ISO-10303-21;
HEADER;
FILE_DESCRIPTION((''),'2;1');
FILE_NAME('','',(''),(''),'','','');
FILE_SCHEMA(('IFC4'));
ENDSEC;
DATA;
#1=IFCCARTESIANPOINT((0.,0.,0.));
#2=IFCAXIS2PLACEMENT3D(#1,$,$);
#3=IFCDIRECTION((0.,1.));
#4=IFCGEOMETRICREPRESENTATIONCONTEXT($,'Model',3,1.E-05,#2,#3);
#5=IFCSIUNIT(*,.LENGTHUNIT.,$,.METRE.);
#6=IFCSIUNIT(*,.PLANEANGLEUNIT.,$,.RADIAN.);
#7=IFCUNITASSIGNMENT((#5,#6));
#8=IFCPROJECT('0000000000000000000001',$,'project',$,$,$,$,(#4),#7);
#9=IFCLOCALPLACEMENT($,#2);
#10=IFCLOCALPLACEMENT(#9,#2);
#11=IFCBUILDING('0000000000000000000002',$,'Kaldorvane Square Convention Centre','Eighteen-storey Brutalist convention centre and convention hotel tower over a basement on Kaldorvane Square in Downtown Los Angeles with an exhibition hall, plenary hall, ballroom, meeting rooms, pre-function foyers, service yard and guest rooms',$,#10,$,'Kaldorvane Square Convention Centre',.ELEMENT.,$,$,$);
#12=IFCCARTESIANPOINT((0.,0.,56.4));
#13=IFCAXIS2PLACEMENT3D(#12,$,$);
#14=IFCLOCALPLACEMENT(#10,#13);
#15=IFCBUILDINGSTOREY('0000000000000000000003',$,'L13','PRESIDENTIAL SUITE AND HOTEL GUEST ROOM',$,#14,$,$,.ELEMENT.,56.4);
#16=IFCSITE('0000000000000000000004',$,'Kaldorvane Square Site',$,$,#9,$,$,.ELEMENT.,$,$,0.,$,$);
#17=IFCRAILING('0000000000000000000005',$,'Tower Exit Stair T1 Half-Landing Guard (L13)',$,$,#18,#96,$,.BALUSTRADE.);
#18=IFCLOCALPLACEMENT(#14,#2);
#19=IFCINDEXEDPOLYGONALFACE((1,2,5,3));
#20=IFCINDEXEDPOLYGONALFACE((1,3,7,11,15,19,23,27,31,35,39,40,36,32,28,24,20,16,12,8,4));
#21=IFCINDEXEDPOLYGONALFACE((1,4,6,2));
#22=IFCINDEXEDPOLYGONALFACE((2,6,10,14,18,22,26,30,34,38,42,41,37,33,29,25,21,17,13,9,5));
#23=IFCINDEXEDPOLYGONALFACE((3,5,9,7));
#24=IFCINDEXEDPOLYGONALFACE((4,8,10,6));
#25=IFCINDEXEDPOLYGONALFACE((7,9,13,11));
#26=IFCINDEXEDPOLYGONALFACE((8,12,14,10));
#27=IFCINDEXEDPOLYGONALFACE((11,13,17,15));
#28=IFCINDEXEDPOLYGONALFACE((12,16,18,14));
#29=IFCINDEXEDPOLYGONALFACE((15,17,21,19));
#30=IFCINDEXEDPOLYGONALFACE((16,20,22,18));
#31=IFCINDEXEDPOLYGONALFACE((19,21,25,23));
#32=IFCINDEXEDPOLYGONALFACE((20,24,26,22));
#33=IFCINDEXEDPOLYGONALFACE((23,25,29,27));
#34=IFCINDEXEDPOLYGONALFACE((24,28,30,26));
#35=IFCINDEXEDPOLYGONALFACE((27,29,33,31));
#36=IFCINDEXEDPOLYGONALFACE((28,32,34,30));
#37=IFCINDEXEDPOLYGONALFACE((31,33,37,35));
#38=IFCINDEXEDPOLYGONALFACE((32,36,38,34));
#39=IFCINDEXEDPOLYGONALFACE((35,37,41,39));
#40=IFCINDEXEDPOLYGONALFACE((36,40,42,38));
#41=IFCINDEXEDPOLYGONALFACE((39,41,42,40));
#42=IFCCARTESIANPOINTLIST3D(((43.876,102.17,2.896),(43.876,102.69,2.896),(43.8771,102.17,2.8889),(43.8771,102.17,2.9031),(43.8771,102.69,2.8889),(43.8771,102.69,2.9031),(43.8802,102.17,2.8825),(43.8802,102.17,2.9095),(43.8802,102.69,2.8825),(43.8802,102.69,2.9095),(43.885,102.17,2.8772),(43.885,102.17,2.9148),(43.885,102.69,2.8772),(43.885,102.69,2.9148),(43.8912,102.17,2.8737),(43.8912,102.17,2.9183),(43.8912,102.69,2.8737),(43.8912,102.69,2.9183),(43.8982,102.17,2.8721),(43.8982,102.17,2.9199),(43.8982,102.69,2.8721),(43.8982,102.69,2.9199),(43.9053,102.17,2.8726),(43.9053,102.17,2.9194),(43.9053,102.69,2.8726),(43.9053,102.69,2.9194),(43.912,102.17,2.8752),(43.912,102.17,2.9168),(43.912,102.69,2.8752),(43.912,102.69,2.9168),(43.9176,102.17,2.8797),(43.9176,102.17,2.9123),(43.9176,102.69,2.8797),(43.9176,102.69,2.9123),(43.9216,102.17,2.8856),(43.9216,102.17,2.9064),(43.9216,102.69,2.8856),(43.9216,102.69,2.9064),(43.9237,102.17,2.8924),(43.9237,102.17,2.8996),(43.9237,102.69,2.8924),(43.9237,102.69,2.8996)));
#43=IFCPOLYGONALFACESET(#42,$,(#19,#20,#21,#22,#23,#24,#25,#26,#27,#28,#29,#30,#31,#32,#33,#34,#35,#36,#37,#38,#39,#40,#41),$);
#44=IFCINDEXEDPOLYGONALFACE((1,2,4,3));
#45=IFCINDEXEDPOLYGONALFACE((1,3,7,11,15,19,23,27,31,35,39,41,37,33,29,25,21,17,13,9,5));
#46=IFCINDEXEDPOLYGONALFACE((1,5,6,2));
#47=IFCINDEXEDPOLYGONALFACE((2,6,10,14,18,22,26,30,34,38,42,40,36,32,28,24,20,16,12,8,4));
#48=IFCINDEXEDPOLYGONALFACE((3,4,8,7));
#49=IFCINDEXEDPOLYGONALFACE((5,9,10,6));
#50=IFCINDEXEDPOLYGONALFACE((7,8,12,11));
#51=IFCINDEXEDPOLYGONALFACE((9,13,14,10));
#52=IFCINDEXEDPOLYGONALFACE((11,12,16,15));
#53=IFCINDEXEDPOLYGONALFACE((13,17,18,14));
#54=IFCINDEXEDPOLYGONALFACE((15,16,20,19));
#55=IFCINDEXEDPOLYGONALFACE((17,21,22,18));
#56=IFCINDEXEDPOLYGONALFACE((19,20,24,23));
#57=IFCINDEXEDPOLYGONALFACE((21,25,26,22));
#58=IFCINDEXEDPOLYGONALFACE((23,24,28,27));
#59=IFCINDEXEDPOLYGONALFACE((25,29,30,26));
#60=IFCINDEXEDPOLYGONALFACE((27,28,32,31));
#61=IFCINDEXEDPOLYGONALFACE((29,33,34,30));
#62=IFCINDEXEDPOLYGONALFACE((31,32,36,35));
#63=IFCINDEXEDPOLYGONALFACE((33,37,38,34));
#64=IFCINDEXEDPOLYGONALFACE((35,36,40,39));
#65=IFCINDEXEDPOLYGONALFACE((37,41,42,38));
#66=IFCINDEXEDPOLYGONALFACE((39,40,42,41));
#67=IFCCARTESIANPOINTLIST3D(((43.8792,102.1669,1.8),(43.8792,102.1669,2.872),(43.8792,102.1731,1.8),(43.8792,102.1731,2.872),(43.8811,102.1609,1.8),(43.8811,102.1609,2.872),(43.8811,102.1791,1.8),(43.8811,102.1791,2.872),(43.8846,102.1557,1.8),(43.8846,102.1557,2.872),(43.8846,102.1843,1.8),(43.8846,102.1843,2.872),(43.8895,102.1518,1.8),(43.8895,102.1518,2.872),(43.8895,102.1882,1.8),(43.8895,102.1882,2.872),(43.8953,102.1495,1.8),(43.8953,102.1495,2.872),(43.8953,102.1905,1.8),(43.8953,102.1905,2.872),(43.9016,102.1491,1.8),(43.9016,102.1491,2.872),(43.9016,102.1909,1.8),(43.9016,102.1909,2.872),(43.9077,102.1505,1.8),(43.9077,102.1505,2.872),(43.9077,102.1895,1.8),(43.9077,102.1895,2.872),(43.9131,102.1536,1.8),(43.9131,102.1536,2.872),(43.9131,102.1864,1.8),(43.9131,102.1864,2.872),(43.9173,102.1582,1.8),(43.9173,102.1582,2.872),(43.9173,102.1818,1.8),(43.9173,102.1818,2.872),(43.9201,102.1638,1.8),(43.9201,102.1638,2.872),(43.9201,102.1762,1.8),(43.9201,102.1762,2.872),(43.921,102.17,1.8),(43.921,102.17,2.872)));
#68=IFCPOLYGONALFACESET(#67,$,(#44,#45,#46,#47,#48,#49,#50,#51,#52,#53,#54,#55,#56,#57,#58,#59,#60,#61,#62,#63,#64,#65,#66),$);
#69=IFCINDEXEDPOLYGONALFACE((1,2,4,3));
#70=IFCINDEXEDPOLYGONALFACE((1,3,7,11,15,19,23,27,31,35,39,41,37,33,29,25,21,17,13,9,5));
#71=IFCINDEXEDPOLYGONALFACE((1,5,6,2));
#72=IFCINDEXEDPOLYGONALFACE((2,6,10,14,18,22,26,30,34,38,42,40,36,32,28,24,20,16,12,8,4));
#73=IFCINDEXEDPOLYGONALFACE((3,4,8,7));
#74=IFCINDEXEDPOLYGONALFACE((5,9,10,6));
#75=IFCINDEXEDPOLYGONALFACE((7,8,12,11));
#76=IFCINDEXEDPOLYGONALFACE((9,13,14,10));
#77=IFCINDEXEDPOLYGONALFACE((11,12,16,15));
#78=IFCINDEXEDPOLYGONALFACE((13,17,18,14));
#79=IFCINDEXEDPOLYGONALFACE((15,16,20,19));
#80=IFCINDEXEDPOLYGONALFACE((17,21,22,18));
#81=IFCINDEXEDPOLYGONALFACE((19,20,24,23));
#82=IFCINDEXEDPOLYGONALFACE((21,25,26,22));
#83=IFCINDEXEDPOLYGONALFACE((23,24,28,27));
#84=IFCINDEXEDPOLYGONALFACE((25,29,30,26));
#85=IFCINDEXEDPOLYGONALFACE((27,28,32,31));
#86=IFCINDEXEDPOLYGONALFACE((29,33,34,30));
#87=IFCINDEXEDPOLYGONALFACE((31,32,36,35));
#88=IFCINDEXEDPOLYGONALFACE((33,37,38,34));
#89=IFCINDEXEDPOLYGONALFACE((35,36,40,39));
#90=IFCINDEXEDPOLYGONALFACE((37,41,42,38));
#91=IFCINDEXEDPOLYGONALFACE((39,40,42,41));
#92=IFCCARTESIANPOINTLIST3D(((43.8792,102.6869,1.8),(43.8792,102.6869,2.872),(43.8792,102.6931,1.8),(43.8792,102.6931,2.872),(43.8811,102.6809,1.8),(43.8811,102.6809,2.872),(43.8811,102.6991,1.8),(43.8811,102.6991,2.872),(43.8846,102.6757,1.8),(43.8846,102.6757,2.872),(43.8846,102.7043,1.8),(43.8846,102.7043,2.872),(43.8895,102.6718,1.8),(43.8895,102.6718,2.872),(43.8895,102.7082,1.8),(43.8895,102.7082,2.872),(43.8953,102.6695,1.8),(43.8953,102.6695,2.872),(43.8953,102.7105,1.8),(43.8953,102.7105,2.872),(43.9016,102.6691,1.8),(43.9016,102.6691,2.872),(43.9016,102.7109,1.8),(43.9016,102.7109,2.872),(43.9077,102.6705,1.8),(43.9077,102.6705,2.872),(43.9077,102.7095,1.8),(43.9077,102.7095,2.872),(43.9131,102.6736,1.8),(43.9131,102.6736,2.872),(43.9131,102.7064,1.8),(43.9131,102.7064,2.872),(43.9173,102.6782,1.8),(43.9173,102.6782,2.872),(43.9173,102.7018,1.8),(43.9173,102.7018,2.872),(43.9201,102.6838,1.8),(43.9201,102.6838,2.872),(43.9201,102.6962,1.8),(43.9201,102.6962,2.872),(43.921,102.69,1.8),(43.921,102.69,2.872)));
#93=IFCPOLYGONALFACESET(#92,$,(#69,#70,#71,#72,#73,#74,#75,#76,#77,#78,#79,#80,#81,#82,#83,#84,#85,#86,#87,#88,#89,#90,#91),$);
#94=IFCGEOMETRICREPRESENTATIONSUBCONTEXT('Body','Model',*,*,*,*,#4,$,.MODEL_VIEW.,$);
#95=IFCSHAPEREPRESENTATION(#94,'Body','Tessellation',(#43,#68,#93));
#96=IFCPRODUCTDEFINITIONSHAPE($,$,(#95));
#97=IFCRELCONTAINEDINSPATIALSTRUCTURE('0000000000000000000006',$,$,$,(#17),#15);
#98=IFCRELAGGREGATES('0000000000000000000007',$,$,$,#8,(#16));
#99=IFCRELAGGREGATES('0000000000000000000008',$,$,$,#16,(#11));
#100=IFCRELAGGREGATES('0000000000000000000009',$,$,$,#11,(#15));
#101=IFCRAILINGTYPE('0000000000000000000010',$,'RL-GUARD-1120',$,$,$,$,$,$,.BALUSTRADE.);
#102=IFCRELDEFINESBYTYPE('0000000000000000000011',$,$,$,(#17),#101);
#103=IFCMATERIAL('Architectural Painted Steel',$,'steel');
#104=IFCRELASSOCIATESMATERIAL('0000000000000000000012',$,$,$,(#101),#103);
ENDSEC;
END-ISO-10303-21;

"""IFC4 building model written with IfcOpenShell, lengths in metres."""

from ifc_helpers import new_model, si_unit, direction, frame, origin, origin_2d, place, context, subcontext, project, spatial, circle, extrude, material, type_object, element, save


model = new_model("IFC4")

# Units and contexts
model_context = context("Model", 3, precision=1e-05, world=origin(), true_north=direction((0.0, 1.0)))
body_context = subcontext(model_context, "Body", "Model", "MODEL_VIEW")
ifc_project = project(units=[si_unit("LENGTHUNIT", "METRE"), si_unit("PLANEANGLEUNIT", "RADIAN")], contexts=[model_context])

# Site, building, storey
site_placement = place(None, origin())
site = spatial("IfcSite", under=ifc_project, at=site_placement, Name="Kaldorvane Square Site", CompositionType="ELEMENT", RefElevation=0.0)
building_placement = place(site_placement, origin())
building = spatial("IfcBuilding", under=site, at=building_placement, Name="Kaldorvane Square Convention Centre", Description="Eighteen-storey Brutalist convention centre and convention hotel tower over a basement on Kaldorvane Square in Downtown Los Angeles with an exhibition hall, plenary hall, ballroom, meeting rooms, pre-function foyers, service yard and guest rooms", LongName="Kaldorvane Square Convention Centre", CompositionType="ELEMENT")
storey_placement = place(building_placement, frame((0.0, 0.0, 56.4)))
storey = spatial("IfcBuildingStorey", under=building, at=storey_placement, Name="L13", Description="PRESIDENTIAL SUITE AND HOTEL GUEST ROOM", CompositionType="ELEMENT", Elevation=56.4)

# Railing
ifc_material_1 = material(Name="Architectural Painted Steel", Category="steel")
railing_type_1 = type_object("IfcRailingType", Name="RL-GUARD-1120", PredefinedType="BALUSTRADE", material=ifc_material_1)
for number, where, name in (
    (1, (43.9, 102.17, 1.8), "Tower Exit Stair T1 Half-Landing Guard (L13)"),
):
    element("IfcRailing", number, at=place(storey_placement, frame(where)), inside=storey, type_object=railing_type_1, Name=name, PredefinedType="BALUSTRADE", context=body_context, shape_type="SweptSolid", body=[
        extrude(circle(Radius=0.024, at=origin_2d()), frame((0.0, 0.0, 1.096), z_axis=(0.0, 1.0, 0.0), x_axis=(-1.0, 0.0, 0.0)), (0.0, 0.0, 1.0), 0.52),
        extrude(circle(Radius=0.021, at=origin_2d()), origin(), (0.0, 0.0, 1.0), 1.072),
        extrude(circle(Radius=0.021, at=origin_2d()), frame((0.0, 0.52, 0.0)), (0.0, 0.0, 1.0), 1.072),
    ])

save(model, "model.ifc")
